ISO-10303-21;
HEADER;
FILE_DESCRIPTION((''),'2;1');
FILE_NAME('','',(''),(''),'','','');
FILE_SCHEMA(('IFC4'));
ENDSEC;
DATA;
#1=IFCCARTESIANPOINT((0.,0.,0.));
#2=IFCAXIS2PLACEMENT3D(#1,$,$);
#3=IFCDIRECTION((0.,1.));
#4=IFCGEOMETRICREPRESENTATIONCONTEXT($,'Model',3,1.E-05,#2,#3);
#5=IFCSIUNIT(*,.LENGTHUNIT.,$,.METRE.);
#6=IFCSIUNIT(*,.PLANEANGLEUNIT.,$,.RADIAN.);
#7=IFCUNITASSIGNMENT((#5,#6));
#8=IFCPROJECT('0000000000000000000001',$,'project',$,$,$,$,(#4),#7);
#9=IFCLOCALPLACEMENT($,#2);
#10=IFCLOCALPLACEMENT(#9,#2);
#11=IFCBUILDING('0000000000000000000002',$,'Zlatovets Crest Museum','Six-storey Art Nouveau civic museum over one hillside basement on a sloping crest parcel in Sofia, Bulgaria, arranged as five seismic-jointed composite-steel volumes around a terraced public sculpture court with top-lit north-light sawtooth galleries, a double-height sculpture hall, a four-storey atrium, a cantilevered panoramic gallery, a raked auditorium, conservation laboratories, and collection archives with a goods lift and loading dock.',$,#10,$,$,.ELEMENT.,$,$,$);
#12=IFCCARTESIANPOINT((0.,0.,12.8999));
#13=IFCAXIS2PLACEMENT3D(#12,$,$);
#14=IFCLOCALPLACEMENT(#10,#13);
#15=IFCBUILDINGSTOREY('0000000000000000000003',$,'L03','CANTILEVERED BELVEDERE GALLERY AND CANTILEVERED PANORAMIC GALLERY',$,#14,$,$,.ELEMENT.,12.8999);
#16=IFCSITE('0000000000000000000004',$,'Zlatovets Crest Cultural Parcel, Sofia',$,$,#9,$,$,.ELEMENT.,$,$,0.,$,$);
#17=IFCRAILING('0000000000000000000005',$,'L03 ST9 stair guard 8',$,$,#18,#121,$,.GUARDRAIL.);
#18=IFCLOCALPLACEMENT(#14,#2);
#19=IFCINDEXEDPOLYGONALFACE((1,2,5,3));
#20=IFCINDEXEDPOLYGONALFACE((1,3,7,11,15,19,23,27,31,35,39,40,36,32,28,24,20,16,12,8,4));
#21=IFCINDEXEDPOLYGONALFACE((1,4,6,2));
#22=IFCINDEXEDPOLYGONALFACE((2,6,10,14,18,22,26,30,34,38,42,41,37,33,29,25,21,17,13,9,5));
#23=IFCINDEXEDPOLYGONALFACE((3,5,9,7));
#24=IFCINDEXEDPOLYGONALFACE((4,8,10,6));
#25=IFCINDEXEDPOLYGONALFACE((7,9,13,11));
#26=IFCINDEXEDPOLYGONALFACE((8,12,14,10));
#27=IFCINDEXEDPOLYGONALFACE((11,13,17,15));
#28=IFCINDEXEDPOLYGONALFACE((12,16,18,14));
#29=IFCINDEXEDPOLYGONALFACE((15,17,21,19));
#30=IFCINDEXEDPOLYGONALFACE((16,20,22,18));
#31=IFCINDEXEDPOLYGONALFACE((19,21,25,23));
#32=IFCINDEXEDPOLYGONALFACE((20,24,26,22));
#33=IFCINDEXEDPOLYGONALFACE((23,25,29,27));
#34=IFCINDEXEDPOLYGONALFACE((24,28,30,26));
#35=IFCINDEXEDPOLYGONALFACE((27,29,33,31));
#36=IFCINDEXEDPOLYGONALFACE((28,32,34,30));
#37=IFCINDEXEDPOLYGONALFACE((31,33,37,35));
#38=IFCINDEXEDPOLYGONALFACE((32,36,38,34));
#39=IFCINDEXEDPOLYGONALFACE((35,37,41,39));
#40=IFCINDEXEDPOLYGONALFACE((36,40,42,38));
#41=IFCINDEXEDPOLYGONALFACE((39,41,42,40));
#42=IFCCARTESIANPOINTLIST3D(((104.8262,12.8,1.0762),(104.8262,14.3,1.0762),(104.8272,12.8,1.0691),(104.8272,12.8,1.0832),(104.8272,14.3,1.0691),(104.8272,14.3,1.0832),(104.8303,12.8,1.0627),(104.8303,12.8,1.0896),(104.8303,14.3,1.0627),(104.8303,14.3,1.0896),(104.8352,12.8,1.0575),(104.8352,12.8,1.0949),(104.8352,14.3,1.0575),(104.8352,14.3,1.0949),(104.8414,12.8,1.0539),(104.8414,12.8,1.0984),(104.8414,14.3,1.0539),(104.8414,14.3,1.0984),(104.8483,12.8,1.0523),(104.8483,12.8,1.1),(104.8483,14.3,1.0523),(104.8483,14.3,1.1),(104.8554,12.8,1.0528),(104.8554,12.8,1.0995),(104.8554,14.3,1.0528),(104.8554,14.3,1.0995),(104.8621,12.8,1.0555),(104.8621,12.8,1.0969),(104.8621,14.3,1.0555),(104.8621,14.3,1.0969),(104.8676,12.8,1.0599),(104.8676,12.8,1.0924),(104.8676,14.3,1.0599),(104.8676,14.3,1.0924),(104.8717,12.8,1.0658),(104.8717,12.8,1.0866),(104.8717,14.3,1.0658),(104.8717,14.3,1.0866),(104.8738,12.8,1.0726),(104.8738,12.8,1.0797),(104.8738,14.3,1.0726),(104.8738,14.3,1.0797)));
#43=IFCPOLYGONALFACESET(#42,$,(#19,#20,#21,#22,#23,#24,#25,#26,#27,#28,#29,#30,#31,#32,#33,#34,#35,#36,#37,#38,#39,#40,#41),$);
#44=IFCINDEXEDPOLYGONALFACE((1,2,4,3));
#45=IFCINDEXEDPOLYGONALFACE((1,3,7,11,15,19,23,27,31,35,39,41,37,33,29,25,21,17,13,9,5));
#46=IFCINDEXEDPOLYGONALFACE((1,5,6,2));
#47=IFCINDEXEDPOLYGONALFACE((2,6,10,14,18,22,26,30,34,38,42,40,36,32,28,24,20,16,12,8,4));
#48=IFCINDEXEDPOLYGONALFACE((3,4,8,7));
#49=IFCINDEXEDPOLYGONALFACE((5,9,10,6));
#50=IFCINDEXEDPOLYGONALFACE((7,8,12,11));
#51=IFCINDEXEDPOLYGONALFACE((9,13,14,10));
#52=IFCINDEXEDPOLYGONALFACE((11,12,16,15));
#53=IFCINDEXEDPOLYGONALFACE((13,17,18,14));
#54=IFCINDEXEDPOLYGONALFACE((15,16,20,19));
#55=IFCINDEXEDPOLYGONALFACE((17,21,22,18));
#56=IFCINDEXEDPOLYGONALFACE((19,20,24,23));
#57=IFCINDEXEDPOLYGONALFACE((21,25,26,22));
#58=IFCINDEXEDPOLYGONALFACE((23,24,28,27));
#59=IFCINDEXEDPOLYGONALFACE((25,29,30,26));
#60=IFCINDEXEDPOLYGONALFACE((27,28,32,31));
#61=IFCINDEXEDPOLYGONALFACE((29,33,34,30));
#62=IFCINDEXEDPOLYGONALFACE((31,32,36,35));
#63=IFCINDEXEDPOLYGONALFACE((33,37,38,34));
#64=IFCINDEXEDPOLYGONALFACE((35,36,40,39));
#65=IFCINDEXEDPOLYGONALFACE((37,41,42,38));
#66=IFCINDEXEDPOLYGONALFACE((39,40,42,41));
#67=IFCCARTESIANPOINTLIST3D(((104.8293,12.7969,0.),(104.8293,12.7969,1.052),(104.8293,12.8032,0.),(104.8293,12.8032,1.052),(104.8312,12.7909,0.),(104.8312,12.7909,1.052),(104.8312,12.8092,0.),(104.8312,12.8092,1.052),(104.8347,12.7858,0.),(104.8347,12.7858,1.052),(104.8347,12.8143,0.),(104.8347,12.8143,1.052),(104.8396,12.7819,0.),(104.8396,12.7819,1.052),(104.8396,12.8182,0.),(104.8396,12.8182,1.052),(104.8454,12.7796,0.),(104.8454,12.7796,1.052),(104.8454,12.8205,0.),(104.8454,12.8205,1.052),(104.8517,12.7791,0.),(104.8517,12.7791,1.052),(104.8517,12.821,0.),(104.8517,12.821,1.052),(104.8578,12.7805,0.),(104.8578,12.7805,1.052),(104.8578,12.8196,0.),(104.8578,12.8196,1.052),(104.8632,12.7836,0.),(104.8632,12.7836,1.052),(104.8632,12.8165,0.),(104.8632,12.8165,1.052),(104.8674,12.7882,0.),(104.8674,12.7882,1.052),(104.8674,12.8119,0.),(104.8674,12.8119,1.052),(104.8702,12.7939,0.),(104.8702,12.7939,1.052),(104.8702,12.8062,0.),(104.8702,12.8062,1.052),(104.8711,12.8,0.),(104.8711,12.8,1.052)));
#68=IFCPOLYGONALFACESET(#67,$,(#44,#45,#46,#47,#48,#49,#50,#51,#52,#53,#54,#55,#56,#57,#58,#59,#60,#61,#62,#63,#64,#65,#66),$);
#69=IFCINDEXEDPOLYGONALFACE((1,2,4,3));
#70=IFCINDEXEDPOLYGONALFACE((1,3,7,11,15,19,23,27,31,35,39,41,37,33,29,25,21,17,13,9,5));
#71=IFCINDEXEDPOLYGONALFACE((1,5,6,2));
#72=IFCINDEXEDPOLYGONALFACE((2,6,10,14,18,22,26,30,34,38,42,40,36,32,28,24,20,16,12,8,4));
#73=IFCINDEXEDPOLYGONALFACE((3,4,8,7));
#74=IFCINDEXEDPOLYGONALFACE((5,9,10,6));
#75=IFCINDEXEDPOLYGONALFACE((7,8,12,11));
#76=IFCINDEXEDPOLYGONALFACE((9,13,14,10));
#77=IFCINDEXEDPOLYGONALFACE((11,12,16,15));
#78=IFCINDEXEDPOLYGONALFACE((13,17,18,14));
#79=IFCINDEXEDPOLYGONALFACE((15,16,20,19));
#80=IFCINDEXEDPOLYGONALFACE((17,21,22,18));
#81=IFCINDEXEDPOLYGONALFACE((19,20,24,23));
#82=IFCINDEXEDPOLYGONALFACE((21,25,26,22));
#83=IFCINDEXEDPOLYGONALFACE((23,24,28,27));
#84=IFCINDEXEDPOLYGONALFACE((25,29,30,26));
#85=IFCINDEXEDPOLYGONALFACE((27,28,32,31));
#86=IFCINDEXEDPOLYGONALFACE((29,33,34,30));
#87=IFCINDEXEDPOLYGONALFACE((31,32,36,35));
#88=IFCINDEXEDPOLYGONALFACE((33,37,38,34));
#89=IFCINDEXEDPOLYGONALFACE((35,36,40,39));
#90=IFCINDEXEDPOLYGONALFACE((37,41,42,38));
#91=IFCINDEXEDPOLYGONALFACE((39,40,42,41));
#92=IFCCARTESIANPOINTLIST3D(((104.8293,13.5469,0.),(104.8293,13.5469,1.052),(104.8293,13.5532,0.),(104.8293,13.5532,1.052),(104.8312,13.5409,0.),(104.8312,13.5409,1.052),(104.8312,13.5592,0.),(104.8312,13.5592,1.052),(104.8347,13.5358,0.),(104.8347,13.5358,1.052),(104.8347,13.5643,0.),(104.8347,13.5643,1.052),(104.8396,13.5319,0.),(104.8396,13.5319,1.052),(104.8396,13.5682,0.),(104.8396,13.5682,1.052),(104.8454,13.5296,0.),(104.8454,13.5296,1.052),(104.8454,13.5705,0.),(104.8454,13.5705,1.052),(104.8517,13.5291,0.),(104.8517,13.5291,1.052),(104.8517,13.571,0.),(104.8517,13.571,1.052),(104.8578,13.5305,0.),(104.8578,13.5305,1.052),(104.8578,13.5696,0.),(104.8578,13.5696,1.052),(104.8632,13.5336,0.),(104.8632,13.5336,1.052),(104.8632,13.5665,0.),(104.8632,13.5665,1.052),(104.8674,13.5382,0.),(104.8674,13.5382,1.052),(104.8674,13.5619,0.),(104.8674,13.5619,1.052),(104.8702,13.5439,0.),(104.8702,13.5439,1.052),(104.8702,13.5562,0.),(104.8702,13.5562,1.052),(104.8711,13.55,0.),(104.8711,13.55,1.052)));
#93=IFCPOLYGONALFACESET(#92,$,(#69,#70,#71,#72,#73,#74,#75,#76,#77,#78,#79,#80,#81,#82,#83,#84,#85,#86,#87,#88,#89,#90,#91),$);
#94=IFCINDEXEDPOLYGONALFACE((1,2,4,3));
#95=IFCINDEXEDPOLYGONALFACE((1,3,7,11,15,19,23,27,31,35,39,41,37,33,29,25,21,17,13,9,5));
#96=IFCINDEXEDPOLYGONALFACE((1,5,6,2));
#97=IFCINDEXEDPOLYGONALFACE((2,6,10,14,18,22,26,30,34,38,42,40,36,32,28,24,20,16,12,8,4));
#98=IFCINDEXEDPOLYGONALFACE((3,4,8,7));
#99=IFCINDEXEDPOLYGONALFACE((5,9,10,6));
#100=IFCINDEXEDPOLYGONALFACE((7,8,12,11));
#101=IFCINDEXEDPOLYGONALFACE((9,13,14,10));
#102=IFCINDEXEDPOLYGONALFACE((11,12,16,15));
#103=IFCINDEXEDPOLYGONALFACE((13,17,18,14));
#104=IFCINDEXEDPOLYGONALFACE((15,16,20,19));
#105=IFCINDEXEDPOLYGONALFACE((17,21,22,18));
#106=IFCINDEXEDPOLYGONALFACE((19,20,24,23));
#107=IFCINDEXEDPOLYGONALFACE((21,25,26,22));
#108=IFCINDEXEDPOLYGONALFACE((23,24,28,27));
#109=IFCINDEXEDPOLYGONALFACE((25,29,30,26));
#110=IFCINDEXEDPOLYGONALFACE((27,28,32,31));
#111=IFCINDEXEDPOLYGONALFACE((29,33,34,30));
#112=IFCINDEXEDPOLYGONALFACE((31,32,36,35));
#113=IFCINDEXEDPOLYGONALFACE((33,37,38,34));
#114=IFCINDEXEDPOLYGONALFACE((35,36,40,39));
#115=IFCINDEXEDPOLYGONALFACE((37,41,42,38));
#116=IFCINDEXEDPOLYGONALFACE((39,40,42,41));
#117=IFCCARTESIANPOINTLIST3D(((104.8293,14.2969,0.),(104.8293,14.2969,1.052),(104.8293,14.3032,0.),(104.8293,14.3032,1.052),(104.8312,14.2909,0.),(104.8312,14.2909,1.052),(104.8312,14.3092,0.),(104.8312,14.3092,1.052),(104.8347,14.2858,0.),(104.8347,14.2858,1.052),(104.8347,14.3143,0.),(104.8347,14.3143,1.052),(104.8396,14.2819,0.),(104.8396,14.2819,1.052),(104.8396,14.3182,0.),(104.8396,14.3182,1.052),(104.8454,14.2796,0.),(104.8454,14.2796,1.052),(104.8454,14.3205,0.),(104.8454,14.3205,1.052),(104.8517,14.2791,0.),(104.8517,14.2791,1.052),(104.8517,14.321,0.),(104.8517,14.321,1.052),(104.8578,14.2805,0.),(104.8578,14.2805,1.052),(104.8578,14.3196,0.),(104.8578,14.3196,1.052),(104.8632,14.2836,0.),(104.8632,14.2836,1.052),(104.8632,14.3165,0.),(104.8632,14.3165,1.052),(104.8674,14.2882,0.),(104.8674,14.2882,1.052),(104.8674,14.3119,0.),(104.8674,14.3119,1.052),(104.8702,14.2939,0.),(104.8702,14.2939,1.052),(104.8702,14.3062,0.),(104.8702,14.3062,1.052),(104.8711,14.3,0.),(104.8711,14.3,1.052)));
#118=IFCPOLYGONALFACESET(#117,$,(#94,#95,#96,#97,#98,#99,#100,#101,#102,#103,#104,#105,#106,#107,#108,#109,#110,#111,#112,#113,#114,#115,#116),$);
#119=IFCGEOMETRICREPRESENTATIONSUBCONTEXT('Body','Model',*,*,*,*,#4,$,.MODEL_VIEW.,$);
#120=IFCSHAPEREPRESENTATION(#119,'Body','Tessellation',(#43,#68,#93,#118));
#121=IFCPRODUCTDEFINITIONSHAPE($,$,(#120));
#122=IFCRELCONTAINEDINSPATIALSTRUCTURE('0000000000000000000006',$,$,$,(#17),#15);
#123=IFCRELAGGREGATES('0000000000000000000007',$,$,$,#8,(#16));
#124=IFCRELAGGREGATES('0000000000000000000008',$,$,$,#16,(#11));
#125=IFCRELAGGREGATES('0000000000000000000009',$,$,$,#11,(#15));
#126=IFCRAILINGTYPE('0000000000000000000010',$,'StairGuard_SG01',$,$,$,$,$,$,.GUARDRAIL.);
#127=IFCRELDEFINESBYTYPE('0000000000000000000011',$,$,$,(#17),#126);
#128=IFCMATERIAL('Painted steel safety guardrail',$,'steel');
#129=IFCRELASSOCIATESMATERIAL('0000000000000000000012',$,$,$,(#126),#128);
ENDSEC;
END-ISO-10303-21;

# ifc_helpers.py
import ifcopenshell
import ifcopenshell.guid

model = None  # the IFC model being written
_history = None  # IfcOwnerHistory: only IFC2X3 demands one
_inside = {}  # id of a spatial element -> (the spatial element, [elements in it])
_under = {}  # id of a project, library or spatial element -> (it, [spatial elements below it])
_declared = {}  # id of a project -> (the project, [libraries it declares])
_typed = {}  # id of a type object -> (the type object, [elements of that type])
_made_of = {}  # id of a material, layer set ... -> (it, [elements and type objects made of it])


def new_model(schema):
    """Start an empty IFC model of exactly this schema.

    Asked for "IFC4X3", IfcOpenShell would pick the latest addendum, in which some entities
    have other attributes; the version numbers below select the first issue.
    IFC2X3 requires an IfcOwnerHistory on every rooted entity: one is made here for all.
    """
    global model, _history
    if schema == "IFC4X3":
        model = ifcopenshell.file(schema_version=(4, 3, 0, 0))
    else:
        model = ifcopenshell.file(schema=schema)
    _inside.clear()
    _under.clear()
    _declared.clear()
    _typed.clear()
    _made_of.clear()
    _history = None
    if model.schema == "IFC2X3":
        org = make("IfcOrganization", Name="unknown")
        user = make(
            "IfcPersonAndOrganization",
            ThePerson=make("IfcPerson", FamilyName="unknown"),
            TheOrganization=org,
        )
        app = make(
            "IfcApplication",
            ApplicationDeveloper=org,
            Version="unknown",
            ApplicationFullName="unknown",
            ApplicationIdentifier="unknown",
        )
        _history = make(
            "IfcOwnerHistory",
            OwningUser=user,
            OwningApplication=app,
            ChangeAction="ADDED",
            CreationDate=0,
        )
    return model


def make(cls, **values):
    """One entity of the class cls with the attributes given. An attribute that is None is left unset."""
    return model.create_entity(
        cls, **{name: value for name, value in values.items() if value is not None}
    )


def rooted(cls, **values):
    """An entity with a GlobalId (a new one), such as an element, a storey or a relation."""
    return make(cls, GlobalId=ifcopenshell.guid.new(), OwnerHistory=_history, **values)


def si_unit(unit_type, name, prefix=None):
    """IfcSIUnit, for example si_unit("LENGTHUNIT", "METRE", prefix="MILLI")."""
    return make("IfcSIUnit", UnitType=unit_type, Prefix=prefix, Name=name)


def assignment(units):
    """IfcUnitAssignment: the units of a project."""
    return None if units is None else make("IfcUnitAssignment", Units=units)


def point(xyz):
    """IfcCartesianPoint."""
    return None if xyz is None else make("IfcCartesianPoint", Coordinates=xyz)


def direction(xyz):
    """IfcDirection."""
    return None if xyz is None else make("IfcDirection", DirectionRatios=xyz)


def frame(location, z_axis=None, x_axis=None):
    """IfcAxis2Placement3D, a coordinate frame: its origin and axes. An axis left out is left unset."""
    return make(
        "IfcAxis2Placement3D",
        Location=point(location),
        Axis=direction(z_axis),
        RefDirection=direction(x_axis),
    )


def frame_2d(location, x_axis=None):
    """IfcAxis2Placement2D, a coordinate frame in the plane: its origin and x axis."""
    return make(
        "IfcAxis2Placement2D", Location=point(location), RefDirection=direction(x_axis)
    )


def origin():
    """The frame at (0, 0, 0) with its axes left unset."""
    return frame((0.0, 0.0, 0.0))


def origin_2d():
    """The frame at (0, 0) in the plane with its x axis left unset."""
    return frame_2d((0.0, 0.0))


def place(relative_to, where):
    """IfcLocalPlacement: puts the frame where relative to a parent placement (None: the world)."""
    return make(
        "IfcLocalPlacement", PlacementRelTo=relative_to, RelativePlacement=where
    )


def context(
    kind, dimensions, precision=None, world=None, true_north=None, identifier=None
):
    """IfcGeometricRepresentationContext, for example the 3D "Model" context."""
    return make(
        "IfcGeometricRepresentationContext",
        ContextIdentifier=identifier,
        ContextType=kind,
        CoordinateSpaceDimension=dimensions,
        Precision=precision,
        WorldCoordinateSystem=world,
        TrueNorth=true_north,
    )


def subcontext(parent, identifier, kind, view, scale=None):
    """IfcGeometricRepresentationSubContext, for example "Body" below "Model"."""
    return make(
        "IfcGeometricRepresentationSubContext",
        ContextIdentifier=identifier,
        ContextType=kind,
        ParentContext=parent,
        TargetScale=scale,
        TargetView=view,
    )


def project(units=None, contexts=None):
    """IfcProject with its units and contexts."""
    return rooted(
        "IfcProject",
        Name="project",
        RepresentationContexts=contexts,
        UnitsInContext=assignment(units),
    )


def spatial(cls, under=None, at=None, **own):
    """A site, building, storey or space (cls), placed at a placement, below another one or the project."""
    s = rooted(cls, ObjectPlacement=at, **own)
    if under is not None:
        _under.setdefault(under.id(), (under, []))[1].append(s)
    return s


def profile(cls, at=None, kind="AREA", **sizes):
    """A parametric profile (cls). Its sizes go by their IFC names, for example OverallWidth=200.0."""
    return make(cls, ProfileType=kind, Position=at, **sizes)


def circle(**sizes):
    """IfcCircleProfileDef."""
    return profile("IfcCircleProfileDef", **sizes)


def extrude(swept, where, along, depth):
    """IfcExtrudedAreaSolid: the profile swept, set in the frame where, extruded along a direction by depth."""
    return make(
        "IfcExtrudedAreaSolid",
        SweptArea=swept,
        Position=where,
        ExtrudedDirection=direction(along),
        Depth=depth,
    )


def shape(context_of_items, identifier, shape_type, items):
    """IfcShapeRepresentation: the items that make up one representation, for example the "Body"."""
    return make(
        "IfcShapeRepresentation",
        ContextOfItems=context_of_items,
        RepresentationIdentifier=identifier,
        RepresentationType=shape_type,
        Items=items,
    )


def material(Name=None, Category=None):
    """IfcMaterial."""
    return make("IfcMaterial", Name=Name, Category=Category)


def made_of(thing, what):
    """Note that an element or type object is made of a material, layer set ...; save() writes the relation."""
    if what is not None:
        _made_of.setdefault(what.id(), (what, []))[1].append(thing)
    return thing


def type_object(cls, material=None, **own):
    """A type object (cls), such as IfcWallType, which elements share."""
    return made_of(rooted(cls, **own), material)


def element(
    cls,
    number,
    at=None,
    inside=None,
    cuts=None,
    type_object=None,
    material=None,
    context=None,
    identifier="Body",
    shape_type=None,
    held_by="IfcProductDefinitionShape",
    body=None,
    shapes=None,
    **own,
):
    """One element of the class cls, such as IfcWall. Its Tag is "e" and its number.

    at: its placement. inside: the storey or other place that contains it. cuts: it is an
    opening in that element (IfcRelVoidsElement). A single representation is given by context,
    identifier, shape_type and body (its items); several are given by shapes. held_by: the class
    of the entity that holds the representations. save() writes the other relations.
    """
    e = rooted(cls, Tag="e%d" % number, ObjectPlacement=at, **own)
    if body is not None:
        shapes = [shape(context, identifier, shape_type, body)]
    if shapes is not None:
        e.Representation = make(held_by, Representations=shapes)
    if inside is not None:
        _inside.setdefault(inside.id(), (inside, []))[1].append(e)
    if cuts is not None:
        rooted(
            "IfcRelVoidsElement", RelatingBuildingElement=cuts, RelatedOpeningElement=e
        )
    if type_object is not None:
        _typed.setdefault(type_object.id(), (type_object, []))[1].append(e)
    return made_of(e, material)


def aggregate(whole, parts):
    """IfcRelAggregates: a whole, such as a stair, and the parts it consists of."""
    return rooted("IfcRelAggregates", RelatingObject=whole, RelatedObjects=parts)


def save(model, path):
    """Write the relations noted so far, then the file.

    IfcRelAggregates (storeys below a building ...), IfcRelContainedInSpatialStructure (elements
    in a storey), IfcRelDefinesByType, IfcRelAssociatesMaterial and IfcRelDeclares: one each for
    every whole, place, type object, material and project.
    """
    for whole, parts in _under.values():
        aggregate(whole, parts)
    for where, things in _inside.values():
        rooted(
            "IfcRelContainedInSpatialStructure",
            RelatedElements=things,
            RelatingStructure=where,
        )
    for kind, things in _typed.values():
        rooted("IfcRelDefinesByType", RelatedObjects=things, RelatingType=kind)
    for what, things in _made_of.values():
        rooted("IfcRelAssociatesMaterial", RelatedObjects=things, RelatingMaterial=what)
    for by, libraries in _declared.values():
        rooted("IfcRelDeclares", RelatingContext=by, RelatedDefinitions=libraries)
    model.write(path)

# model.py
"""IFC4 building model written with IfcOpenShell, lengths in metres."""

from ifc_helpers import new_model, si_unit, direction, frame, origin, origin_2d, place, context, subcontext, project, spatial, circle, extrude, material, type_object, element, save


model = new_model("IFC4")

# Units and contexts
model_context = context("Model", 3, precision=1e-05, world=origin(), true_north=direction((0.0, 1.0)))
body_context = subcontext(model_context, "Body", "Model", "MODEL_VIEW")
ifc_project = project(units=[si_unit("LENGTHUNIT", "METRE"), si_unit("PLANEANGLEUNIT", "RADIAN")], contexts=[model_context])

# Site, building, storey
site_placement = place(None, origin())
site = spatial("IfcSite", under=ifc_project, at=site_placement, Name="Zlatovets Crest Cultural Parcel, Sofia", CompositionType="ELEMENT", RefElevation=0.0)
building_placement = place(site_placement, origin())
building = spatial("IfcBuilding", under=site, at=building_placement, Name="Zlatovets Crest Museum", Description="Six-storey Art Nouveau civic museum over one hillside basement on a sloping crest parcel in Sofia, Bulgaria, arranged as five seismic-jointed composite-steel volumes around a terraced public sculpture court with top-lit north-light sawtooth galleries, a double-height sculpture hall, a four-storey atrium, a cantilevered panoramic gallery, a raked auditorium, conservation laboratories, and collection archives with a goods lift and loading dock.", CompositionType="ELEMENT")
storey_placement = place(building_placement, frame((0.0, 0.0, 12.8999)))
storey = spatial("IfcBuildingStorey", under=building, at=storey_placement, Name="L03", Description="CANTILEVERED BELVEDERE GALLERY AND CANTILEVERED PANORAMIC GALLERY", CompositionType="ELEMENT", Elevation=12.8999)

# Railing
ifc_material_1 = material(Name="Painted steel safety guardrail", Category="steel")
railing_type = type_object("IfcRailingType", Name="StairGuard_SG01", PredefinedType="GUARDRAIL", material=ifc_material_1)
for number, where, name in (
    (1, (104.8501, 12.8, 0.0), "L03 ST9 stair guard 8"),
):
    element("IfcRailing", number, at=place(storey_placement, frame(where)), inside=storey, type_object=railing_type, Name=name, PredefinedType="GUARDRAIL", context=body_context, shape_type="SweptSolid", body=[
        extrude(circle(Radius=0.0239, at=origin_2d()), frame((0.0, 0.0, 1.0762), z_axis=(0.0, 1.0, 0.0), x_axis=(-1.0, 0.0, 0.0)), (0.0, 0.0, 1.0), 1.5),
        extrude(circle(Radius=0.021, at=origin_2d()), origin(), (0.0, 0.0, 1.0), 1.052),
        extrude(circle(Radius=0.021, at=origin_2d()), frame((0.0, 0.75, 0.0)), (0.0, 0.0, 1.0), 1.052),
        extrude(circle(Radius=0.021, at=origin_2d()), frame((0.0, 1.5, 0.0)), (0.0, 0.0, 1.0), 1.052),
    ])

save(model, "model.ifc")
